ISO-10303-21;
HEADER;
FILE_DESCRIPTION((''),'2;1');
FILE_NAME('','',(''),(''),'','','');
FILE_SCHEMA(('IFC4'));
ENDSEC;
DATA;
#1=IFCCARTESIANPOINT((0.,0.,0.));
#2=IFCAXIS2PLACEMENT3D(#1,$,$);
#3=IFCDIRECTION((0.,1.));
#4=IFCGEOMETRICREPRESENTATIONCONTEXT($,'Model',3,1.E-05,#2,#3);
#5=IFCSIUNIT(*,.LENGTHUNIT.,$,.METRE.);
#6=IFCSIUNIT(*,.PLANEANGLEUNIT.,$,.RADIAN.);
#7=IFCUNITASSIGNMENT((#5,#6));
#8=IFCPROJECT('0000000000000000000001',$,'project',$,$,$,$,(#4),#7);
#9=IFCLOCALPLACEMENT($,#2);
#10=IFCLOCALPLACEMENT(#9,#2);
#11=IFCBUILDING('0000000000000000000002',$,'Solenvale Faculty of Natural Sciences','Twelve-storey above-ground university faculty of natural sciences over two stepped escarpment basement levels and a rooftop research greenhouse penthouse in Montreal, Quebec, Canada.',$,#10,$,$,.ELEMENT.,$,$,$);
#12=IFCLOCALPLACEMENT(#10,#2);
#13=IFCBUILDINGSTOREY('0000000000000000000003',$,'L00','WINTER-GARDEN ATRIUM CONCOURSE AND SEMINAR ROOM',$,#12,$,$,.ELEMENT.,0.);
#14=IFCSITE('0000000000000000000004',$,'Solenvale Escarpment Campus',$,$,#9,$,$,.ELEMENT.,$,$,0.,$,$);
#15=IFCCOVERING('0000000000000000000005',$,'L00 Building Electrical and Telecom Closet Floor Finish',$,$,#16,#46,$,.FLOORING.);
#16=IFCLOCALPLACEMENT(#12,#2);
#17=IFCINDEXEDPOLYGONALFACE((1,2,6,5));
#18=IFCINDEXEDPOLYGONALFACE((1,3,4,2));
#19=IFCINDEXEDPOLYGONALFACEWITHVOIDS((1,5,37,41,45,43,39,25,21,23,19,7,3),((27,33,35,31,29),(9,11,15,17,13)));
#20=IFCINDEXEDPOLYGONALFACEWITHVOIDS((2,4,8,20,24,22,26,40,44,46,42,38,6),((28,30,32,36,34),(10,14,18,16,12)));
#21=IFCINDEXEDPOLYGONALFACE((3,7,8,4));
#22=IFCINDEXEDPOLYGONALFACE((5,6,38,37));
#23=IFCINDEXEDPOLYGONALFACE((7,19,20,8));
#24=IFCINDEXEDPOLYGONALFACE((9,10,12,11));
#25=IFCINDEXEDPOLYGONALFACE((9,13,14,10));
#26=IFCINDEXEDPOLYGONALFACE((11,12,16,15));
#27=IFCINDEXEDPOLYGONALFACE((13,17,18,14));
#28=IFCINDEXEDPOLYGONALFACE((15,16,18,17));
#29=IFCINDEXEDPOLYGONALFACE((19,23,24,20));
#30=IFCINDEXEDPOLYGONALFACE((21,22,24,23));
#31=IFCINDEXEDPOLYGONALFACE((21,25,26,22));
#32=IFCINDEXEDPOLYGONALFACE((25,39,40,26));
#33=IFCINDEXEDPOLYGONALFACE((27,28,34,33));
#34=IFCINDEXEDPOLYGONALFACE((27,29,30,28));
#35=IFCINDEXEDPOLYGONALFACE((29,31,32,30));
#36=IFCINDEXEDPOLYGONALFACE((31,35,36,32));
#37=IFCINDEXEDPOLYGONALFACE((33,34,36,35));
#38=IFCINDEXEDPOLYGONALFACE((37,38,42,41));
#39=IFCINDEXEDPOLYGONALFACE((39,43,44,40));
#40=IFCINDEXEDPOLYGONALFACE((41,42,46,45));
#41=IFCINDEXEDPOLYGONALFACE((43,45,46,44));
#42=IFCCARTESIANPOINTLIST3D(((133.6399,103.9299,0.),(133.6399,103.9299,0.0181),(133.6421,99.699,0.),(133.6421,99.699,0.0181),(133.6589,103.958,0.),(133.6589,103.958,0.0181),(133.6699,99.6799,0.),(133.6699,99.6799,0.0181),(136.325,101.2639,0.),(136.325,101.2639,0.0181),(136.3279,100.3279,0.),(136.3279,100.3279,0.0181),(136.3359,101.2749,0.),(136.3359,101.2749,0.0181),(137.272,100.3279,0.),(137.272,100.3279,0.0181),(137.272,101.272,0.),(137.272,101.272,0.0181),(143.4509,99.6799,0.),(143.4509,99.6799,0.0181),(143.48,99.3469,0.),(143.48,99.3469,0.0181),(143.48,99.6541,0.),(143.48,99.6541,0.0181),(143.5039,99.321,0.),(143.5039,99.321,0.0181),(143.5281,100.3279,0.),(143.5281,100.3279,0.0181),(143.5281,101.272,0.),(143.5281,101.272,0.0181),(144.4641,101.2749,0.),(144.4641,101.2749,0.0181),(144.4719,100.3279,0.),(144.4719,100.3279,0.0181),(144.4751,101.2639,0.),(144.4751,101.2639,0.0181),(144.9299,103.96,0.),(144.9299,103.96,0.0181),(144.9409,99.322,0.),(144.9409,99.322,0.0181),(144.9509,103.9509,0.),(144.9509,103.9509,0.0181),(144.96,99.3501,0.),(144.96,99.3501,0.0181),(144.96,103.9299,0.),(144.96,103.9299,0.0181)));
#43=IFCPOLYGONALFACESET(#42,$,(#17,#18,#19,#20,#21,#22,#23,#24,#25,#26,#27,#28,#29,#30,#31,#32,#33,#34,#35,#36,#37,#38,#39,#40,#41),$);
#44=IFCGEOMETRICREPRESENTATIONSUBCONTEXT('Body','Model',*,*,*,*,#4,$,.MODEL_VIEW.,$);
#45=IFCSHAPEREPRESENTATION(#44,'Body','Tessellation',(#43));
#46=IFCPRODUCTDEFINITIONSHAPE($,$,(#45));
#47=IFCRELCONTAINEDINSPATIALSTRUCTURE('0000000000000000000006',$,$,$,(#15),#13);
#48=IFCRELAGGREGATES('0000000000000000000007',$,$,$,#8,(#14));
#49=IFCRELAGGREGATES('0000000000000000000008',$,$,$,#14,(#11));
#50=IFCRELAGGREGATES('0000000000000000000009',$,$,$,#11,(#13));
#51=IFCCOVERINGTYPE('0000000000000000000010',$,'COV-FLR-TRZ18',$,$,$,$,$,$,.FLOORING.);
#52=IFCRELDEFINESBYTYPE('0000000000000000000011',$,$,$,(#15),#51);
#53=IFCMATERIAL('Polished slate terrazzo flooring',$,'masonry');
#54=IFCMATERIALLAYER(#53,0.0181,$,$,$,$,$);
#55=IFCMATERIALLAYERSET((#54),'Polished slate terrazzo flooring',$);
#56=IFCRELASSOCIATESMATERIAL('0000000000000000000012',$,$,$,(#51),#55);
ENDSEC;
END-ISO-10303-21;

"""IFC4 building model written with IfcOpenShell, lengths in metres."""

from ifc_helpers import new_model, si_unit, direction, origin, place, context, subcontext, project, spatial, polyline, outline, extrude, material, layer, layer_set, type_object, element, save


model = new_model("IFC4")

# Units and contexts
model_context = context("Model", 3, precision=1e-05, world=origin(), true_north=direction((0.0, 1.0)))
body_context = subcontext(model_context, "Body", "Model", "MODEL_VIEW")
ifc_project = project(units=[si_unit("LENGTHUNIT", "METRE"), si_unit("PLANEANGLEUNIT", "RADIAN")], contexts=[model_context])

# Site, building, storey
site_placement = place(None, origin())
site = spatial("IfcSite", under=ifc_project, at=site_placement, Name="Solenvale Escarpment Campus", CompositionType="ELEMENT", RefElevation=0.0)
building_placement = place(site_placement, origin())
building = spatial("IfcBuilding", under=site, at=building_placement, Name="Solenvale Faculty of Natural Sciences", Description="Twelve-storey above-ground university faculty of natural sciences over two stepped escarpment basement levels and a rooftop research greenhouse penthouse in Montreal, Quebec, Canada.", CompositionType="ELEMENT")
storey_placement = place(building_placement, origin())
storey = spatial("IfcBuildingStorey", under=building, at=storey_placement, Name="L00", Description="WINTER-GARDEN ATRIUM CONCOURSE AND SEMINAR ROOM", CompositionType="ELEMENT", Elevation=0.0)

# Covering
ifc_material_1 = material(Name="Polished slate terrazzo flooring", Category="masonry")
ifc_layer_1 = layer(ifc_material_1, 0.0181)
ifc_layer_set_1 = layer_set([ifc_layer_1], Name="Polished slate terrazzo flooring")
covering_type_1 = type_object("IfcCoveringType", Name="COV-FLR-TRZ18", PredefinedType="FLOORING", material=ifc_layer_set_1)
covering_1_placement = place(storey_placement, origin())
element("IfcCovering", 1, at=covering_1_placement, inside=storey, type_object=covering_type_1, Name="L00 Building Electrical and Telecom Closet Floor Finish", PredefinedType="FLOORING", context=body_context, shape_type="SweptSolid", body=[
    extrude(outline(polyline([(144.9299, 103.96), (144.9509, 103.9509), (144.96, 103.9299), (144.96, 99.3501), (144.9409, 99.322), (143.5039, 99.321), (143.48, 99.3469), (143.48, 99.6541), (143.4509, 99.6799), (133.6699, 99.6799), (133.6421, 99.699), (133.6399, 103.9299), (133.6589, 103.958), (144.9299, 103.96)]), holes=[polyline([(144.4751, 101.2639), (144.4641, 101.2749), (143.5281, 101.272), (143.5281, 100.3279), (144.4719, 100.3279), (144.4751, 101.2639)]), polyline([(136.3359, 101.2749), (136.325, 101.2639), (136.3279, 100.3279), (137.272, 100.3279), (137.272, 101.272), (136.3359, 101.2749)])]), origin(), (0.0, 0.0, 1.0), 0.0181),
])

save(model, "model.ifc")
